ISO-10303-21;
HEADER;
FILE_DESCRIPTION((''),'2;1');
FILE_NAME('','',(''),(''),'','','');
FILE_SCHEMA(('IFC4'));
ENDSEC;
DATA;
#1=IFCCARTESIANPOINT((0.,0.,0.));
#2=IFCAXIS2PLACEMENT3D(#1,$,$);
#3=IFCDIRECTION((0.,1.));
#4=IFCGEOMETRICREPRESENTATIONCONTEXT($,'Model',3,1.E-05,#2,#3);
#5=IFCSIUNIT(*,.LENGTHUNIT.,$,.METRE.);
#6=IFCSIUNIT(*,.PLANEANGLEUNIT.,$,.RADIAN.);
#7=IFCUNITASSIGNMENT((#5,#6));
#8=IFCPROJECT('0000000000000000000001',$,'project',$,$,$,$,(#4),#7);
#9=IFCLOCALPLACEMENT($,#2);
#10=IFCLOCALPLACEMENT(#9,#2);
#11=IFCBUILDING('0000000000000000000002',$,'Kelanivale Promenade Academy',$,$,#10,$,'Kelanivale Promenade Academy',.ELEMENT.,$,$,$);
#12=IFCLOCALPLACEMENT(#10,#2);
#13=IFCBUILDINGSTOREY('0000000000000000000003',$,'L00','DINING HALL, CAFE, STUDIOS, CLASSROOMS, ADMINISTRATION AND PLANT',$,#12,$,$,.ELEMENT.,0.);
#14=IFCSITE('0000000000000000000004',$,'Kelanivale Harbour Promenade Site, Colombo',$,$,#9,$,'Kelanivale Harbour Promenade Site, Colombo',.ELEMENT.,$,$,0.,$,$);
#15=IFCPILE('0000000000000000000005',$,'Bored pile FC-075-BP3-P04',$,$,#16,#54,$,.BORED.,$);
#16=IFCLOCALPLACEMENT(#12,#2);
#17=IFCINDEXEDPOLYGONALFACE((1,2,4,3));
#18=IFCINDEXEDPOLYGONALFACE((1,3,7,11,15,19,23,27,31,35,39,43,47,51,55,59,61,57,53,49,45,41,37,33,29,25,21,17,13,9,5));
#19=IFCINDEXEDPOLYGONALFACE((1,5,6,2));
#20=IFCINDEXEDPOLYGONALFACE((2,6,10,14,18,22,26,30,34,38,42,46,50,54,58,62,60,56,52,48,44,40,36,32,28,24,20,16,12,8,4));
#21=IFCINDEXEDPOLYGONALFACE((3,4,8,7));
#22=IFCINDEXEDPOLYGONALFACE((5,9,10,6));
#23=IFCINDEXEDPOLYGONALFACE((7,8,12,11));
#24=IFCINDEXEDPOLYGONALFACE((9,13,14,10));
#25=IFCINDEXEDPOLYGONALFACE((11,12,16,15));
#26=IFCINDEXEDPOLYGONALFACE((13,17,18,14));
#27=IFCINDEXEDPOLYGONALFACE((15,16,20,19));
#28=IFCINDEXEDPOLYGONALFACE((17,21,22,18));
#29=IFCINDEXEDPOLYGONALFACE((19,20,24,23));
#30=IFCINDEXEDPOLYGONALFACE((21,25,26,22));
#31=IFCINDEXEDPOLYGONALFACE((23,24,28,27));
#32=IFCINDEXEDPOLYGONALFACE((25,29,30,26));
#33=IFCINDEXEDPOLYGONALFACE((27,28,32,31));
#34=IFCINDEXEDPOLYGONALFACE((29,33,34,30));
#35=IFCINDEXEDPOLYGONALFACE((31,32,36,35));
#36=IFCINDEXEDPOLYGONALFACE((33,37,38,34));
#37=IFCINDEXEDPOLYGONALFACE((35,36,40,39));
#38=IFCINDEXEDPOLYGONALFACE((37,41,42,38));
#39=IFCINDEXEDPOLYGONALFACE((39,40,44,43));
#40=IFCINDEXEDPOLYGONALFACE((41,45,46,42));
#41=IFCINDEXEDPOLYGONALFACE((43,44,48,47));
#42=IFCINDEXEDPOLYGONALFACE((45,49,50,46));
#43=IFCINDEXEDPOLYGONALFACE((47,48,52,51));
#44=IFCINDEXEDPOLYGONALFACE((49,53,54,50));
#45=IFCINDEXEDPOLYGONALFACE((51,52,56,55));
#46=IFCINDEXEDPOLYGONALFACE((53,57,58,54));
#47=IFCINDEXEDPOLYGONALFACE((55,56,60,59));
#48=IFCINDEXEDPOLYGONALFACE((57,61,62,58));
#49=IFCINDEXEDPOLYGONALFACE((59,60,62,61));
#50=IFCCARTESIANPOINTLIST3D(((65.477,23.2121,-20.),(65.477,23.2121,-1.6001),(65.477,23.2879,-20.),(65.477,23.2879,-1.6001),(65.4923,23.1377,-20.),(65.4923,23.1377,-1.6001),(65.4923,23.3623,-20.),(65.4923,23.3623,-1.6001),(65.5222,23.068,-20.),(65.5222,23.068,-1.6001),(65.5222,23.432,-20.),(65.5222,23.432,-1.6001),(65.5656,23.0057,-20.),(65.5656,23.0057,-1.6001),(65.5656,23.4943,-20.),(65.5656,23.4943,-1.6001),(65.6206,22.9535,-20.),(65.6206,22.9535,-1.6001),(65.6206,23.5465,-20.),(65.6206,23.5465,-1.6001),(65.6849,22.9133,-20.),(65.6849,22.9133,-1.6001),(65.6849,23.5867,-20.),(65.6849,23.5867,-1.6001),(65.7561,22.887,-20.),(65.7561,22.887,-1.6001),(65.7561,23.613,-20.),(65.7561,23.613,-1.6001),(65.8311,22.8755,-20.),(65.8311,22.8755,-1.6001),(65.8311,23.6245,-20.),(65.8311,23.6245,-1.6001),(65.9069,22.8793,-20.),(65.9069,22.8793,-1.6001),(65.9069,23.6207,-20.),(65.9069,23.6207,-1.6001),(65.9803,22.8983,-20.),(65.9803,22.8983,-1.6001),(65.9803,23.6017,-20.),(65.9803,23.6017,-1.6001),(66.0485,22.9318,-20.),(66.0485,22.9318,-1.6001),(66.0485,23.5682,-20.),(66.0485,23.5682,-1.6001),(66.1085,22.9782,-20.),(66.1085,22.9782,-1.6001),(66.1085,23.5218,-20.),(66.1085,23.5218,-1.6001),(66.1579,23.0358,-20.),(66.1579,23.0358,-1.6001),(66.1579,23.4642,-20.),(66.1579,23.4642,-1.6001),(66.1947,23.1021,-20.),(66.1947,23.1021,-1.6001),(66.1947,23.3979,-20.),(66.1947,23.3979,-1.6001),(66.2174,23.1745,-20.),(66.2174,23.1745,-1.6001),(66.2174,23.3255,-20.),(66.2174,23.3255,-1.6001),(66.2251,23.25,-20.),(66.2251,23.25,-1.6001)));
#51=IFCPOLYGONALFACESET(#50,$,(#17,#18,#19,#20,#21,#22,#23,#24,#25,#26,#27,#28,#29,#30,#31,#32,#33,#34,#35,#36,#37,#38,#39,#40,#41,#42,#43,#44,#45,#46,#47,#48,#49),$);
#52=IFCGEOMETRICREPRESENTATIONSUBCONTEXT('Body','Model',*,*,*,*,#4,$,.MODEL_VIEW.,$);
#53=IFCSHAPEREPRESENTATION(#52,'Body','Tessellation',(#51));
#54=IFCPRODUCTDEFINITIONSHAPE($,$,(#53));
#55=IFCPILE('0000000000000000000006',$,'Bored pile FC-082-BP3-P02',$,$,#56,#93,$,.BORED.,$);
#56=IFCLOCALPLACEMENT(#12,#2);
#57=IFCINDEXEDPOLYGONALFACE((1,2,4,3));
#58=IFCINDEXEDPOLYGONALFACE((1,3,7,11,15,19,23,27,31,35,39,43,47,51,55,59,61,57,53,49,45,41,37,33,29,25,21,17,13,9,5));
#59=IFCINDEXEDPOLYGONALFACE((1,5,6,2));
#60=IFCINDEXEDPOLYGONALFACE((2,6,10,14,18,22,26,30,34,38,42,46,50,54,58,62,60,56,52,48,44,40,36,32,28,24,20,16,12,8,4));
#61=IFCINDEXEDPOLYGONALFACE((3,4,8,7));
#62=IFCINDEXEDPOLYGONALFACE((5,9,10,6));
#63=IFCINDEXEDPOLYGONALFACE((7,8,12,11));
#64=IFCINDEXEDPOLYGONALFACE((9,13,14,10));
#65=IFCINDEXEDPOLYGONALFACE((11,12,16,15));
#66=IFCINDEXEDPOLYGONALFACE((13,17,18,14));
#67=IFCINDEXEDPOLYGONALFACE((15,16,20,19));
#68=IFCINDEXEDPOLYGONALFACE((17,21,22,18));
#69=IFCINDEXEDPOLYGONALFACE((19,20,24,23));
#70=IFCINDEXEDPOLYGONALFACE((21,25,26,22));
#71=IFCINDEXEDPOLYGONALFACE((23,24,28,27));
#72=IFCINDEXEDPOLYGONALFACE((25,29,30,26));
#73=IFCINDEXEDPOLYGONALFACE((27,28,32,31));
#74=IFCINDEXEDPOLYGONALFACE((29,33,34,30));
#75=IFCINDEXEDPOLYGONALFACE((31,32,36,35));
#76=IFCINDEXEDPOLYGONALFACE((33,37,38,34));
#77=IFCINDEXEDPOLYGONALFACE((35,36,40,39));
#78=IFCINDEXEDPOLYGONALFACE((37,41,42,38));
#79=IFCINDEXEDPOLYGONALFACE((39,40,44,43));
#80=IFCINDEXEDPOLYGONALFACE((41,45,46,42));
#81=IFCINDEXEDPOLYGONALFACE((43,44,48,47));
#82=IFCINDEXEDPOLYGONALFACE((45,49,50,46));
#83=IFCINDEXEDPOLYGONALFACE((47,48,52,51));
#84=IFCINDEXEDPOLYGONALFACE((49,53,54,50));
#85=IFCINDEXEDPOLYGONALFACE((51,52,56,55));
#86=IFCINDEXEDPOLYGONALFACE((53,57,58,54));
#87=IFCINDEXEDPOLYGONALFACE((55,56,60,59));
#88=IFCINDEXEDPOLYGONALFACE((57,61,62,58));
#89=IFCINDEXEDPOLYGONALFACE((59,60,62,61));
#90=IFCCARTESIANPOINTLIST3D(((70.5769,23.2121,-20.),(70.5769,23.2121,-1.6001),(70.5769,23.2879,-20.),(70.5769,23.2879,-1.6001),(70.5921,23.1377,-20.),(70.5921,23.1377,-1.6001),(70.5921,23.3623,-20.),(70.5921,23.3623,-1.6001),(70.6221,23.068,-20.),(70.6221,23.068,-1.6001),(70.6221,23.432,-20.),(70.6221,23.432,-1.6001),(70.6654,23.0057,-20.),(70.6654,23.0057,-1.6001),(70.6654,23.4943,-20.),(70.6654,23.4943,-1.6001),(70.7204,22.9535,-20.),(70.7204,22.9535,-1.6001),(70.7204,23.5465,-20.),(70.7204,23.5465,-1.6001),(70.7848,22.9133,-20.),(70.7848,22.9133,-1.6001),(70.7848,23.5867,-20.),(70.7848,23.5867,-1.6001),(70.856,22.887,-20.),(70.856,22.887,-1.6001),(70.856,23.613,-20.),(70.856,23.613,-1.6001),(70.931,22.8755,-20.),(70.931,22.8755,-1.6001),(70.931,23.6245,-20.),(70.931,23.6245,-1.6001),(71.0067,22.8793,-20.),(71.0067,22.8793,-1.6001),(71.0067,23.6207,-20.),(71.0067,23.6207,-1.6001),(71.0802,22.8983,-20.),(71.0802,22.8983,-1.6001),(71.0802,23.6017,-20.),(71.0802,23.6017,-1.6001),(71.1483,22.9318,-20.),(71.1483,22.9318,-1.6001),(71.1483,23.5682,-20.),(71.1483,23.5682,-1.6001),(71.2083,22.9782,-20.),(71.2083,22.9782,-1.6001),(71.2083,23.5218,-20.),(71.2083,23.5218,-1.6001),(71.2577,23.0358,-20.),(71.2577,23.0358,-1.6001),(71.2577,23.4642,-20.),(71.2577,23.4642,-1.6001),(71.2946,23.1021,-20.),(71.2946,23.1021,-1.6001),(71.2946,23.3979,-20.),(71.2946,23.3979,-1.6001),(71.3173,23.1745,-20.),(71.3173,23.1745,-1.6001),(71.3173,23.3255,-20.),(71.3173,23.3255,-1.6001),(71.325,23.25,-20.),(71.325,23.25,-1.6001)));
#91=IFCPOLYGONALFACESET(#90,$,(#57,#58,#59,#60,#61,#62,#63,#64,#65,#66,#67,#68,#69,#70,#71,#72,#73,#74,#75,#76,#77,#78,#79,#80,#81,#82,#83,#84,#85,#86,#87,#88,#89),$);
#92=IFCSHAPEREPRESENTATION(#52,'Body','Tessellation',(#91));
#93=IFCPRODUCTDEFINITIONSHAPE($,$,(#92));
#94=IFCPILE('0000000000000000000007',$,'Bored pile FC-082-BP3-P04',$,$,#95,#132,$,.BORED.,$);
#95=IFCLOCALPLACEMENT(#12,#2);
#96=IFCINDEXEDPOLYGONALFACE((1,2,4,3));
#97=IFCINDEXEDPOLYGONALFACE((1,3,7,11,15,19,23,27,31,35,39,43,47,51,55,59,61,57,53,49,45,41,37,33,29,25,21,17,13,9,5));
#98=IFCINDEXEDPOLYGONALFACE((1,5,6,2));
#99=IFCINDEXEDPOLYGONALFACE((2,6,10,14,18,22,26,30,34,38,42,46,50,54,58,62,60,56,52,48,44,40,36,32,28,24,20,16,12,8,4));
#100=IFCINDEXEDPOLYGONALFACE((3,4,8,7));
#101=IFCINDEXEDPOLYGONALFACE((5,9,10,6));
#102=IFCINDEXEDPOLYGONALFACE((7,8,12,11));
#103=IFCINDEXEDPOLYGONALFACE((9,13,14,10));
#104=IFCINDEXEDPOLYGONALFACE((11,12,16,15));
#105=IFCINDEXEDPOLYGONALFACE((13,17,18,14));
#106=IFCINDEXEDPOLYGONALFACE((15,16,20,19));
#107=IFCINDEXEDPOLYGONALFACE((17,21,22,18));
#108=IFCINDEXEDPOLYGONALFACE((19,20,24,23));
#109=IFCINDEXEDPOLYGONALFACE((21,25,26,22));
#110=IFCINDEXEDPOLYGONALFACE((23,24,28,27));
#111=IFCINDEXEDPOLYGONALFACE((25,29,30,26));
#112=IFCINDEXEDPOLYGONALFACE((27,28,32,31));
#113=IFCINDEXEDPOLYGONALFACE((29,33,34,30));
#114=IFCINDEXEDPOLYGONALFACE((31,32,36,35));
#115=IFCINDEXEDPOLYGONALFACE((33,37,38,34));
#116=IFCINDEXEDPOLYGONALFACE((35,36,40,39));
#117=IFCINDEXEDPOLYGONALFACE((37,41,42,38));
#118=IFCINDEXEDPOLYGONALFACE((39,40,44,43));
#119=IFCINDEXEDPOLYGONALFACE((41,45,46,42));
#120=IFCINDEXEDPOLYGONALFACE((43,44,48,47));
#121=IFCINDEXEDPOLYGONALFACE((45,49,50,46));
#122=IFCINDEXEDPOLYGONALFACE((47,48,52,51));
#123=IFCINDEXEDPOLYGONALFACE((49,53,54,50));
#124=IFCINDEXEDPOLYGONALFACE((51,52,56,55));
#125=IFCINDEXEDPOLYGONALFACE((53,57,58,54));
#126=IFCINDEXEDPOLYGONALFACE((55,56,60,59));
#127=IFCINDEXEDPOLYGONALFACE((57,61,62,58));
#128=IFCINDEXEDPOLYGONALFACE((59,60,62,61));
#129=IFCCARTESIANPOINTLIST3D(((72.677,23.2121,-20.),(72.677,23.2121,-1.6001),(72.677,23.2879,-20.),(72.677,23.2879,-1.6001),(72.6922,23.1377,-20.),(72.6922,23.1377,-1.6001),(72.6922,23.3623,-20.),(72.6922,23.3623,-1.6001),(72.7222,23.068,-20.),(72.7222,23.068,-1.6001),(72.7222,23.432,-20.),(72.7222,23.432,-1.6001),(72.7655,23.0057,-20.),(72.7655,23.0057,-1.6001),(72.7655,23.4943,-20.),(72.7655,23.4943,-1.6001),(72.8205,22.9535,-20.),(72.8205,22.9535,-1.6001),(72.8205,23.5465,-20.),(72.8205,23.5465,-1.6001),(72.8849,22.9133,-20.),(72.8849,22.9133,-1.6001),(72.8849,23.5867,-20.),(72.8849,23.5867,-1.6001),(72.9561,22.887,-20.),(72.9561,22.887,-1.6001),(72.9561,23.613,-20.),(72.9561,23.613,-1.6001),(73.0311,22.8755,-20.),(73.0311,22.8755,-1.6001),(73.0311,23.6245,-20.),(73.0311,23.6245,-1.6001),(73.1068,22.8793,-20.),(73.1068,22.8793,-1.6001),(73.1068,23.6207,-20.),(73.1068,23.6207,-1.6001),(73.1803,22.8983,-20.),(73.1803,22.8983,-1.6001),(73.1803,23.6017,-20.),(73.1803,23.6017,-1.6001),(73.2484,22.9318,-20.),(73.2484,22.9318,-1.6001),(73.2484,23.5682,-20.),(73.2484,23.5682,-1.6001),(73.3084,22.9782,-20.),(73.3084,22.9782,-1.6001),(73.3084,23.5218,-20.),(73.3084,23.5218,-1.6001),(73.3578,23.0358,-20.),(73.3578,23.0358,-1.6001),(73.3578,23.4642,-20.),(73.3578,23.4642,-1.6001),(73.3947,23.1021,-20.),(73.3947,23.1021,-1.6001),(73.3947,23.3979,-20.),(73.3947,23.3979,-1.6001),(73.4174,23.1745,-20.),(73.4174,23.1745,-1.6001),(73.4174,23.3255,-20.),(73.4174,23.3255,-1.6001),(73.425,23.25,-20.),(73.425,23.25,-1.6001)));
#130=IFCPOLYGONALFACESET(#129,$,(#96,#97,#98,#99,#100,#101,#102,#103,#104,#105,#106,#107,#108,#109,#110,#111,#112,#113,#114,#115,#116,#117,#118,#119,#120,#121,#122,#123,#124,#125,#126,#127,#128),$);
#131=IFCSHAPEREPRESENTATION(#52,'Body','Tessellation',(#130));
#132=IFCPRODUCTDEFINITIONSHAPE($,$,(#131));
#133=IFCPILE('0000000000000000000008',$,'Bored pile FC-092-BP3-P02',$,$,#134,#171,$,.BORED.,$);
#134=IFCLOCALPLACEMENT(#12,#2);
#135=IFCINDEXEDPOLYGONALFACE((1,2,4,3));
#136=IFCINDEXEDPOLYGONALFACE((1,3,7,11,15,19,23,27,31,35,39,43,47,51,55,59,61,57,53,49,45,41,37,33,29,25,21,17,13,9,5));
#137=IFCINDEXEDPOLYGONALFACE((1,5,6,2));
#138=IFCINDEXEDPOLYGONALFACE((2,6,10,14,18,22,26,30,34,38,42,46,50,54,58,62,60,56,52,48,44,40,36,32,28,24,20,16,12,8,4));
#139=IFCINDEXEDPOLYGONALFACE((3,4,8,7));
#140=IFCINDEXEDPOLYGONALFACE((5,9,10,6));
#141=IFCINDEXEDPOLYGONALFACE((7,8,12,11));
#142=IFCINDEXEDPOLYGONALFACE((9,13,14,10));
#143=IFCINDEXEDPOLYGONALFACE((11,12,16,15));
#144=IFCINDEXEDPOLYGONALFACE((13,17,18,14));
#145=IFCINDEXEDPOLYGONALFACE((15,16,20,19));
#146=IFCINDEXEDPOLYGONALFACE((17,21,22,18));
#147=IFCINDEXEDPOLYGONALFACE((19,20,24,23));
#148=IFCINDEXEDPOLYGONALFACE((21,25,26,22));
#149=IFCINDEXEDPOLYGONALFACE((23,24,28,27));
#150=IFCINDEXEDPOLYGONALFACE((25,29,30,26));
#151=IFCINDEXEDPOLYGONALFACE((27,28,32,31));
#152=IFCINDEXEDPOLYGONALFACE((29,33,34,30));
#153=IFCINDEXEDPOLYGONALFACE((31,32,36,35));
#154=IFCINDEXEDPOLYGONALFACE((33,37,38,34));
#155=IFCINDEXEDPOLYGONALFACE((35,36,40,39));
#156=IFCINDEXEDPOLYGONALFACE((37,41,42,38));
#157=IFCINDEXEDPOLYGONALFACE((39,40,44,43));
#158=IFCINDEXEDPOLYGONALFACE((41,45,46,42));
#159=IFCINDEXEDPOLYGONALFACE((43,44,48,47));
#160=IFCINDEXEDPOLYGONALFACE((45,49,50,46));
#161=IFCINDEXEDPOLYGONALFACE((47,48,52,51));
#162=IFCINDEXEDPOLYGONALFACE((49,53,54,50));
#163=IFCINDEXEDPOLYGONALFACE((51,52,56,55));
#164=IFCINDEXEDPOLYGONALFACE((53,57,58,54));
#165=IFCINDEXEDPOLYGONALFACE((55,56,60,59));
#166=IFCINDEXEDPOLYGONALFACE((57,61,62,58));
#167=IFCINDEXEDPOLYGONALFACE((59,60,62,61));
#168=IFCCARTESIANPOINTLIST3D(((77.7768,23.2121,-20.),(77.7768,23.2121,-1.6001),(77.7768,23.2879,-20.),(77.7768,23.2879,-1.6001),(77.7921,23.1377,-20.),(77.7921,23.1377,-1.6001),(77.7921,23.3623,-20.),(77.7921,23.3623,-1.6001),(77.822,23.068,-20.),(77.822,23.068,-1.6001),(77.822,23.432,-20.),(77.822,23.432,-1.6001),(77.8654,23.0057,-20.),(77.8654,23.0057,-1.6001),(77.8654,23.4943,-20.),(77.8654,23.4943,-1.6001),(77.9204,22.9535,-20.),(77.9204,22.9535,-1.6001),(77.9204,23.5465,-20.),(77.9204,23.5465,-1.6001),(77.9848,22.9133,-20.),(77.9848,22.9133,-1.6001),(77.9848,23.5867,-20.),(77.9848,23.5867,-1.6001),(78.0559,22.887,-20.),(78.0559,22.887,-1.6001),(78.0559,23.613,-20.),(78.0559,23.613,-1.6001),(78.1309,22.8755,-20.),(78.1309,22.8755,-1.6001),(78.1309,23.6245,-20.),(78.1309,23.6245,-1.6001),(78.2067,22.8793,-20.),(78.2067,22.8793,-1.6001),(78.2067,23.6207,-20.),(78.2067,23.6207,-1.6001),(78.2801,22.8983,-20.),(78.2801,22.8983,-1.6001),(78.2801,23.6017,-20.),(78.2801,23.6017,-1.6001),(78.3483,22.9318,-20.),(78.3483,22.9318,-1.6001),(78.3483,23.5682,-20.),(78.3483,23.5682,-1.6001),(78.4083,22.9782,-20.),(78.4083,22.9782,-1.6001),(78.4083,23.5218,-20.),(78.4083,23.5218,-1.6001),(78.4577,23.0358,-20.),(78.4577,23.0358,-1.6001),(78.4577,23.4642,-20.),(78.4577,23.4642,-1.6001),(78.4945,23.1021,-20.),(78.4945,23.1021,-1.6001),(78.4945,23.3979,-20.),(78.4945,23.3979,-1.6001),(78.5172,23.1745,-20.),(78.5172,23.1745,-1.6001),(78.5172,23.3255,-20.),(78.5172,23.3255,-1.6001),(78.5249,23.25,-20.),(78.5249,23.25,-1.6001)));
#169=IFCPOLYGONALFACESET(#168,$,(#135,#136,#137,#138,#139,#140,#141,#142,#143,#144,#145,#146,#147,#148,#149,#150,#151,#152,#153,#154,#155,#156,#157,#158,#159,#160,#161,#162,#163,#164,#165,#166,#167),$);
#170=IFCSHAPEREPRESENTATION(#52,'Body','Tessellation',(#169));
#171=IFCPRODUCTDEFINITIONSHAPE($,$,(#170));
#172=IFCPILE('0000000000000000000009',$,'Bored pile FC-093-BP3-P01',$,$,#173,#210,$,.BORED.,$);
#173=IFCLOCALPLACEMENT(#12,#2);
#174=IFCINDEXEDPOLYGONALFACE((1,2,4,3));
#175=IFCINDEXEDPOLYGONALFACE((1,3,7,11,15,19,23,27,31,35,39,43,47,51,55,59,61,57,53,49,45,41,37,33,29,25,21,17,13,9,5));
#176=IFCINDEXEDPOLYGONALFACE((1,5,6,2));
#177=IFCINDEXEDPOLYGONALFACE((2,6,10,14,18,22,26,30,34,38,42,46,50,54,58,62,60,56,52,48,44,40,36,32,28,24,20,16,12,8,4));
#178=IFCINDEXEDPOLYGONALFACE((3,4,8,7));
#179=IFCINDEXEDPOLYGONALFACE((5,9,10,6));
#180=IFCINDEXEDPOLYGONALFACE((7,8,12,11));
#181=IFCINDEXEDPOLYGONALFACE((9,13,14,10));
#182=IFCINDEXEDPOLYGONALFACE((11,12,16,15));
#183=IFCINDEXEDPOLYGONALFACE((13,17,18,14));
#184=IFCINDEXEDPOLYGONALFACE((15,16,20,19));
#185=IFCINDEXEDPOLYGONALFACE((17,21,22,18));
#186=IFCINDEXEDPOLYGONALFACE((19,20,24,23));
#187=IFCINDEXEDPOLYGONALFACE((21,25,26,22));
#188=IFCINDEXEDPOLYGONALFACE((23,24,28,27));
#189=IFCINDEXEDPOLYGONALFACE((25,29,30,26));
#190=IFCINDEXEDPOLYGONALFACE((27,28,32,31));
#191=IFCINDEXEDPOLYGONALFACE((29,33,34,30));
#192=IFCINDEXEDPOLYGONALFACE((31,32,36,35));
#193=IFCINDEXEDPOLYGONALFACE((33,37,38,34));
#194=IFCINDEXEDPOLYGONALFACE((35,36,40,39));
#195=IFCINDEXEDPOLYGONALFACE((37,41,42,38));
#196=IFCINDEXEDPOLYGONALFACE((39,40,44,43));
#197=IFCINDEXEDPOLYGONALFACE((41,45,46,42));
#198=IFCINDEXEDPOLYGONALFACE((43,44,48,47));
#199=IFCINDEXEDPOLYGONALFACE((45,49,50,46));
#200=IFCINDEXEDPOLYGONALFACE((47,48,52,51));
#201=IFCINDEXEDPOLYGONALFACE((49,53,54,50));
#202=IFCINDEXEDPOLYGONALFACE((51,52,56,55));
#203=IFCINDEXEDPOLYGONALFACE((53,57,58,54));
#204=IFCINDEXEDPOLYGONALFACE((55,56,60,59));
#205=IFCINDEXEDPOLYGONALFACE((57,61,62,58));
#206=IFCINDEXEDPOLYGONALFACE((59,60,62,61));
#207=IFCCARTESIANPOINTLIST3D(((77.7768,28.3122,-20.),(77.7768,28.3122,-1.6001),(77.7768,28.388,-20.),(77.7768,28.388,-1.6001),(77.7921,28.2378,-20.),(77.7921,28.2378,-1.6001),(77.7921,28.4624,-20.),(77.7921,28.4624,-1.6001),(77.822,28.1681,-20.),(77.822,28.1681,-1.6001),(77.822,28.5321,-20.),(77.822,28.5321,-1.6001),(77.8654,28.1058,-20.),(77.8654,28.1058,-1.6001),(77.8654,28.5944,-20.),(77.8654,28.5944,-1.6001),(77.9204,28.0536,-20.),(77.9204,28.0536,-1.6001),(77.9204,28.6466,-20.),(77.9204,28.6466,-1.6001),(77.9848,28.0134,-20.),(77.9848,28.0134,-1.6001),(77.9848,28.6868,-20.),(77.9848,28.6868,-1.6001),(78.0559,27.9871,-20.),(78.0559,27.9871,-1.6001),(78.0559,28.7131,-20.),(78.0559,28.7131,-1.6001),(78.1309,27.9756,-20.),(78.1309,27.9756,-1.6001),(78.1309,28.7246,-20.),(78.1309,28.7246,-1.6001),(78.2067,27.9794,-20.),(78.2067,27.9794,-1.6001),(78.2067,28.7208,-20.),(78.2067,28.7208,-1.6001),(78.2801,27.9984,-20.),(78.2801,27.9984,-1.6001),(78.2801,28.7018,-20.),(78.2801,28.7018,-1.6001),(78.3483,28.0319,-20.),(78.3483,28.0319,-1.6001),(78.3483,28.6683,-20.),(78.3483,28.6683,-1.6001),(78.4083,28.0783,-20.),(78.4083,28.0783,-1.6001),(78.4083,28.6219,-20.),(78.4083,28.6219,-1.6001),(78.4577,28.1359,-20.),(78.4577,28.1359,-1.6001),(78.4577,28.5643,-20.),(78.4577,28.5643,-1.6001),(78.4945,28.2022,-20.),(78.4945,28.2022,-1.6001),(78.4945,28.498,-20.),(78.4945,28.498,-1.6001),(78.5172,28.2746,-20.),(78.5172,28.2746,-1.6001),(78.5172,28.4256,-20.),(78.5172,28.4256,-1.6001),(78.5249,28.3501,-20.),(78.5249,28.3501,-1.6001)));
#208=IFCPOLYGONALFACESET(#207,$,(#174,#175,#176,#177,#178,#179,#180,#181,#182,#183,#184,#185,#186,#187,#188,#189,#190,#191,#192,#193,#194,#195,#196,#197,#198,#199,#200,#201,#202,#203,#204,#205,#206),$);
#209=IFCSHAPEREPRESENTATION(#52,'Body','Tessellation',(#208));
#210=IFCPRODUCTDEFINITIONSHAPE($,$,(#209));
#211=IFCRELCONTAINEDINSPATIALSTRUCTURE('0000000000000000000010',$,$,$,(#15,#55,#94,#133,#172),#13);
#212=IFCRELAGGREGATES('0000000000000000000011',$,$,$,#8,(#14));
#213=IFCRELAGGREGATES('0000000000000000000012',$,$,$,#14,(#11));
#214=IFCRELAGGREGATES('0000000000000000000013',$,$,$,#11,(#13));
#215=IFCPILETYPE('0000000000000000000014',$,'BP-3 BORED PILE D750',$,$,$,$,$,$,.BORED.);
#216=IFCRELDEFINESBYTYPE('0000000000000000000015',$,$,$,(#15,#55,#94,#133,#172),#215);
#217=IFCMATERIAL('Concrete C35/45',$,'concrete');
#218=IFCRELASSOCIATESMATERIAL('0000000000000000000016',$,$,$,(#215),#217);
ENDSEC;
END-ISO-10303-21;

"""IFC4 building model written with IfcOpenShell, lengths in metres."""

from ifc_helpers import new_model, si_unit, direction, frame, origin, origin_2d, place, context, subcontext, project, spatial, circle, extrude, material, material_profile, profile_set, type_object, element, save


model = new_model("IFC4")

# Units and contexts
model_context = context("Model", 3, precision=1e-05, world=origin(), true_north=direction((0.0, 1.0)))
body_context = subcontext(model_context, "Body", "Model", "MODEL_VIEW")
ifc_project = project(units=[si_unit("LENGTHUNIT", "METRE"), si_unit("PLANEANGLEUNIT", "RADIAN")], contexts=[model_context])

# Site, building, storey
site_placement = place(None, origin())
site = spatial("IfcSite", under=ifc_project, at=site_placement, Name="Kelanivale Harbour Promenade Site, Colombo", LongName="Kelanivale Harbour Promenade Site, Colombo", CompositionType="ELEMENT", RefElevation=0.0)
building_placement = place(site_placement, origin())
building = spatial("IfcBuilding", under=site, at=building_placement, Name="Kelanivale Promenade Academy", LongName="Kelanivale Promenade Academy", CompositionType="ELEMENT")
storey_placement = place(building_placement, origin())
storey = spatial("IfcBuildingStorey", under=building, at=storey_placement, Name="L00", Description="DINING HALL, CAFE, STUDIOS, CLASSROOMS, ADMINISTRATION AND PLANT", CompositionType="ELEMENT", Elevation=0.0)

# Piles
ifc_material_1 = material(Name="Concrete C35/45", Category="concrete")
ifc_material_profile_1 = material_profile(ifc_material_1, circle(Radius=0.375, at=origin_2d()), Name="BORED PILE D750")
ifc_profile_set_1 = profile_set([ifc_material_profile_1], Name="Concrete C35/45")
pile_type_1 = type_object("IfcPileType", Name="BP-3 BORED PILE D750", PredefinedType="BORED", material=ifc_profile_set_1)
for number, where, z_axis, x_axis, name in (
    (1, (65.8501, 23.25, -1.6001), (0.0, 0.0, -1.0), (1.0, 0.0, 0.0), "Bored pile FC-075-BP3-P04"),
    (2, (70.95, 23.25, -1.6001), (0.0, 0.0, -1.0), (1.0, 0.0, 0.0), "Bored pile FC-082-BP3-P02"),
    (3, (73.05, 23.25, -1.6001), (0.0, 0.0, -1.0), (1.0, 0.0, 0.0), "Bored pile FC-082-BP3-P04"),
    (4, (78.1499, 23.25, -1.6001), (0.0, 0.0, -1.0), (1.0, 0.0, 0.0), "Bored pile FC-092-BP3-P02"),
    (5, (78.1499, 28.3501, -1.6001), (0.0, 0.0, -1.0), (1.0, 0.0, 0.0), "Bored pile FC-093-BP3-P01"),
):
    element("IfcPile", number, at=place(storey_placement, frame(where, z_axis=z_axis, x_axis=x_axis)), inside=storey, type_object=pile_type_1, Name=name, PredefinedType="BORED", context=body_context, shape_type="SweptSolid", body=[
        extrude(circle(Radius=0.375, at=origin_2d()), origin(), (0.0, 0.0, 1.0), 18.3999),
    ])

save(model, "model.ifc")
